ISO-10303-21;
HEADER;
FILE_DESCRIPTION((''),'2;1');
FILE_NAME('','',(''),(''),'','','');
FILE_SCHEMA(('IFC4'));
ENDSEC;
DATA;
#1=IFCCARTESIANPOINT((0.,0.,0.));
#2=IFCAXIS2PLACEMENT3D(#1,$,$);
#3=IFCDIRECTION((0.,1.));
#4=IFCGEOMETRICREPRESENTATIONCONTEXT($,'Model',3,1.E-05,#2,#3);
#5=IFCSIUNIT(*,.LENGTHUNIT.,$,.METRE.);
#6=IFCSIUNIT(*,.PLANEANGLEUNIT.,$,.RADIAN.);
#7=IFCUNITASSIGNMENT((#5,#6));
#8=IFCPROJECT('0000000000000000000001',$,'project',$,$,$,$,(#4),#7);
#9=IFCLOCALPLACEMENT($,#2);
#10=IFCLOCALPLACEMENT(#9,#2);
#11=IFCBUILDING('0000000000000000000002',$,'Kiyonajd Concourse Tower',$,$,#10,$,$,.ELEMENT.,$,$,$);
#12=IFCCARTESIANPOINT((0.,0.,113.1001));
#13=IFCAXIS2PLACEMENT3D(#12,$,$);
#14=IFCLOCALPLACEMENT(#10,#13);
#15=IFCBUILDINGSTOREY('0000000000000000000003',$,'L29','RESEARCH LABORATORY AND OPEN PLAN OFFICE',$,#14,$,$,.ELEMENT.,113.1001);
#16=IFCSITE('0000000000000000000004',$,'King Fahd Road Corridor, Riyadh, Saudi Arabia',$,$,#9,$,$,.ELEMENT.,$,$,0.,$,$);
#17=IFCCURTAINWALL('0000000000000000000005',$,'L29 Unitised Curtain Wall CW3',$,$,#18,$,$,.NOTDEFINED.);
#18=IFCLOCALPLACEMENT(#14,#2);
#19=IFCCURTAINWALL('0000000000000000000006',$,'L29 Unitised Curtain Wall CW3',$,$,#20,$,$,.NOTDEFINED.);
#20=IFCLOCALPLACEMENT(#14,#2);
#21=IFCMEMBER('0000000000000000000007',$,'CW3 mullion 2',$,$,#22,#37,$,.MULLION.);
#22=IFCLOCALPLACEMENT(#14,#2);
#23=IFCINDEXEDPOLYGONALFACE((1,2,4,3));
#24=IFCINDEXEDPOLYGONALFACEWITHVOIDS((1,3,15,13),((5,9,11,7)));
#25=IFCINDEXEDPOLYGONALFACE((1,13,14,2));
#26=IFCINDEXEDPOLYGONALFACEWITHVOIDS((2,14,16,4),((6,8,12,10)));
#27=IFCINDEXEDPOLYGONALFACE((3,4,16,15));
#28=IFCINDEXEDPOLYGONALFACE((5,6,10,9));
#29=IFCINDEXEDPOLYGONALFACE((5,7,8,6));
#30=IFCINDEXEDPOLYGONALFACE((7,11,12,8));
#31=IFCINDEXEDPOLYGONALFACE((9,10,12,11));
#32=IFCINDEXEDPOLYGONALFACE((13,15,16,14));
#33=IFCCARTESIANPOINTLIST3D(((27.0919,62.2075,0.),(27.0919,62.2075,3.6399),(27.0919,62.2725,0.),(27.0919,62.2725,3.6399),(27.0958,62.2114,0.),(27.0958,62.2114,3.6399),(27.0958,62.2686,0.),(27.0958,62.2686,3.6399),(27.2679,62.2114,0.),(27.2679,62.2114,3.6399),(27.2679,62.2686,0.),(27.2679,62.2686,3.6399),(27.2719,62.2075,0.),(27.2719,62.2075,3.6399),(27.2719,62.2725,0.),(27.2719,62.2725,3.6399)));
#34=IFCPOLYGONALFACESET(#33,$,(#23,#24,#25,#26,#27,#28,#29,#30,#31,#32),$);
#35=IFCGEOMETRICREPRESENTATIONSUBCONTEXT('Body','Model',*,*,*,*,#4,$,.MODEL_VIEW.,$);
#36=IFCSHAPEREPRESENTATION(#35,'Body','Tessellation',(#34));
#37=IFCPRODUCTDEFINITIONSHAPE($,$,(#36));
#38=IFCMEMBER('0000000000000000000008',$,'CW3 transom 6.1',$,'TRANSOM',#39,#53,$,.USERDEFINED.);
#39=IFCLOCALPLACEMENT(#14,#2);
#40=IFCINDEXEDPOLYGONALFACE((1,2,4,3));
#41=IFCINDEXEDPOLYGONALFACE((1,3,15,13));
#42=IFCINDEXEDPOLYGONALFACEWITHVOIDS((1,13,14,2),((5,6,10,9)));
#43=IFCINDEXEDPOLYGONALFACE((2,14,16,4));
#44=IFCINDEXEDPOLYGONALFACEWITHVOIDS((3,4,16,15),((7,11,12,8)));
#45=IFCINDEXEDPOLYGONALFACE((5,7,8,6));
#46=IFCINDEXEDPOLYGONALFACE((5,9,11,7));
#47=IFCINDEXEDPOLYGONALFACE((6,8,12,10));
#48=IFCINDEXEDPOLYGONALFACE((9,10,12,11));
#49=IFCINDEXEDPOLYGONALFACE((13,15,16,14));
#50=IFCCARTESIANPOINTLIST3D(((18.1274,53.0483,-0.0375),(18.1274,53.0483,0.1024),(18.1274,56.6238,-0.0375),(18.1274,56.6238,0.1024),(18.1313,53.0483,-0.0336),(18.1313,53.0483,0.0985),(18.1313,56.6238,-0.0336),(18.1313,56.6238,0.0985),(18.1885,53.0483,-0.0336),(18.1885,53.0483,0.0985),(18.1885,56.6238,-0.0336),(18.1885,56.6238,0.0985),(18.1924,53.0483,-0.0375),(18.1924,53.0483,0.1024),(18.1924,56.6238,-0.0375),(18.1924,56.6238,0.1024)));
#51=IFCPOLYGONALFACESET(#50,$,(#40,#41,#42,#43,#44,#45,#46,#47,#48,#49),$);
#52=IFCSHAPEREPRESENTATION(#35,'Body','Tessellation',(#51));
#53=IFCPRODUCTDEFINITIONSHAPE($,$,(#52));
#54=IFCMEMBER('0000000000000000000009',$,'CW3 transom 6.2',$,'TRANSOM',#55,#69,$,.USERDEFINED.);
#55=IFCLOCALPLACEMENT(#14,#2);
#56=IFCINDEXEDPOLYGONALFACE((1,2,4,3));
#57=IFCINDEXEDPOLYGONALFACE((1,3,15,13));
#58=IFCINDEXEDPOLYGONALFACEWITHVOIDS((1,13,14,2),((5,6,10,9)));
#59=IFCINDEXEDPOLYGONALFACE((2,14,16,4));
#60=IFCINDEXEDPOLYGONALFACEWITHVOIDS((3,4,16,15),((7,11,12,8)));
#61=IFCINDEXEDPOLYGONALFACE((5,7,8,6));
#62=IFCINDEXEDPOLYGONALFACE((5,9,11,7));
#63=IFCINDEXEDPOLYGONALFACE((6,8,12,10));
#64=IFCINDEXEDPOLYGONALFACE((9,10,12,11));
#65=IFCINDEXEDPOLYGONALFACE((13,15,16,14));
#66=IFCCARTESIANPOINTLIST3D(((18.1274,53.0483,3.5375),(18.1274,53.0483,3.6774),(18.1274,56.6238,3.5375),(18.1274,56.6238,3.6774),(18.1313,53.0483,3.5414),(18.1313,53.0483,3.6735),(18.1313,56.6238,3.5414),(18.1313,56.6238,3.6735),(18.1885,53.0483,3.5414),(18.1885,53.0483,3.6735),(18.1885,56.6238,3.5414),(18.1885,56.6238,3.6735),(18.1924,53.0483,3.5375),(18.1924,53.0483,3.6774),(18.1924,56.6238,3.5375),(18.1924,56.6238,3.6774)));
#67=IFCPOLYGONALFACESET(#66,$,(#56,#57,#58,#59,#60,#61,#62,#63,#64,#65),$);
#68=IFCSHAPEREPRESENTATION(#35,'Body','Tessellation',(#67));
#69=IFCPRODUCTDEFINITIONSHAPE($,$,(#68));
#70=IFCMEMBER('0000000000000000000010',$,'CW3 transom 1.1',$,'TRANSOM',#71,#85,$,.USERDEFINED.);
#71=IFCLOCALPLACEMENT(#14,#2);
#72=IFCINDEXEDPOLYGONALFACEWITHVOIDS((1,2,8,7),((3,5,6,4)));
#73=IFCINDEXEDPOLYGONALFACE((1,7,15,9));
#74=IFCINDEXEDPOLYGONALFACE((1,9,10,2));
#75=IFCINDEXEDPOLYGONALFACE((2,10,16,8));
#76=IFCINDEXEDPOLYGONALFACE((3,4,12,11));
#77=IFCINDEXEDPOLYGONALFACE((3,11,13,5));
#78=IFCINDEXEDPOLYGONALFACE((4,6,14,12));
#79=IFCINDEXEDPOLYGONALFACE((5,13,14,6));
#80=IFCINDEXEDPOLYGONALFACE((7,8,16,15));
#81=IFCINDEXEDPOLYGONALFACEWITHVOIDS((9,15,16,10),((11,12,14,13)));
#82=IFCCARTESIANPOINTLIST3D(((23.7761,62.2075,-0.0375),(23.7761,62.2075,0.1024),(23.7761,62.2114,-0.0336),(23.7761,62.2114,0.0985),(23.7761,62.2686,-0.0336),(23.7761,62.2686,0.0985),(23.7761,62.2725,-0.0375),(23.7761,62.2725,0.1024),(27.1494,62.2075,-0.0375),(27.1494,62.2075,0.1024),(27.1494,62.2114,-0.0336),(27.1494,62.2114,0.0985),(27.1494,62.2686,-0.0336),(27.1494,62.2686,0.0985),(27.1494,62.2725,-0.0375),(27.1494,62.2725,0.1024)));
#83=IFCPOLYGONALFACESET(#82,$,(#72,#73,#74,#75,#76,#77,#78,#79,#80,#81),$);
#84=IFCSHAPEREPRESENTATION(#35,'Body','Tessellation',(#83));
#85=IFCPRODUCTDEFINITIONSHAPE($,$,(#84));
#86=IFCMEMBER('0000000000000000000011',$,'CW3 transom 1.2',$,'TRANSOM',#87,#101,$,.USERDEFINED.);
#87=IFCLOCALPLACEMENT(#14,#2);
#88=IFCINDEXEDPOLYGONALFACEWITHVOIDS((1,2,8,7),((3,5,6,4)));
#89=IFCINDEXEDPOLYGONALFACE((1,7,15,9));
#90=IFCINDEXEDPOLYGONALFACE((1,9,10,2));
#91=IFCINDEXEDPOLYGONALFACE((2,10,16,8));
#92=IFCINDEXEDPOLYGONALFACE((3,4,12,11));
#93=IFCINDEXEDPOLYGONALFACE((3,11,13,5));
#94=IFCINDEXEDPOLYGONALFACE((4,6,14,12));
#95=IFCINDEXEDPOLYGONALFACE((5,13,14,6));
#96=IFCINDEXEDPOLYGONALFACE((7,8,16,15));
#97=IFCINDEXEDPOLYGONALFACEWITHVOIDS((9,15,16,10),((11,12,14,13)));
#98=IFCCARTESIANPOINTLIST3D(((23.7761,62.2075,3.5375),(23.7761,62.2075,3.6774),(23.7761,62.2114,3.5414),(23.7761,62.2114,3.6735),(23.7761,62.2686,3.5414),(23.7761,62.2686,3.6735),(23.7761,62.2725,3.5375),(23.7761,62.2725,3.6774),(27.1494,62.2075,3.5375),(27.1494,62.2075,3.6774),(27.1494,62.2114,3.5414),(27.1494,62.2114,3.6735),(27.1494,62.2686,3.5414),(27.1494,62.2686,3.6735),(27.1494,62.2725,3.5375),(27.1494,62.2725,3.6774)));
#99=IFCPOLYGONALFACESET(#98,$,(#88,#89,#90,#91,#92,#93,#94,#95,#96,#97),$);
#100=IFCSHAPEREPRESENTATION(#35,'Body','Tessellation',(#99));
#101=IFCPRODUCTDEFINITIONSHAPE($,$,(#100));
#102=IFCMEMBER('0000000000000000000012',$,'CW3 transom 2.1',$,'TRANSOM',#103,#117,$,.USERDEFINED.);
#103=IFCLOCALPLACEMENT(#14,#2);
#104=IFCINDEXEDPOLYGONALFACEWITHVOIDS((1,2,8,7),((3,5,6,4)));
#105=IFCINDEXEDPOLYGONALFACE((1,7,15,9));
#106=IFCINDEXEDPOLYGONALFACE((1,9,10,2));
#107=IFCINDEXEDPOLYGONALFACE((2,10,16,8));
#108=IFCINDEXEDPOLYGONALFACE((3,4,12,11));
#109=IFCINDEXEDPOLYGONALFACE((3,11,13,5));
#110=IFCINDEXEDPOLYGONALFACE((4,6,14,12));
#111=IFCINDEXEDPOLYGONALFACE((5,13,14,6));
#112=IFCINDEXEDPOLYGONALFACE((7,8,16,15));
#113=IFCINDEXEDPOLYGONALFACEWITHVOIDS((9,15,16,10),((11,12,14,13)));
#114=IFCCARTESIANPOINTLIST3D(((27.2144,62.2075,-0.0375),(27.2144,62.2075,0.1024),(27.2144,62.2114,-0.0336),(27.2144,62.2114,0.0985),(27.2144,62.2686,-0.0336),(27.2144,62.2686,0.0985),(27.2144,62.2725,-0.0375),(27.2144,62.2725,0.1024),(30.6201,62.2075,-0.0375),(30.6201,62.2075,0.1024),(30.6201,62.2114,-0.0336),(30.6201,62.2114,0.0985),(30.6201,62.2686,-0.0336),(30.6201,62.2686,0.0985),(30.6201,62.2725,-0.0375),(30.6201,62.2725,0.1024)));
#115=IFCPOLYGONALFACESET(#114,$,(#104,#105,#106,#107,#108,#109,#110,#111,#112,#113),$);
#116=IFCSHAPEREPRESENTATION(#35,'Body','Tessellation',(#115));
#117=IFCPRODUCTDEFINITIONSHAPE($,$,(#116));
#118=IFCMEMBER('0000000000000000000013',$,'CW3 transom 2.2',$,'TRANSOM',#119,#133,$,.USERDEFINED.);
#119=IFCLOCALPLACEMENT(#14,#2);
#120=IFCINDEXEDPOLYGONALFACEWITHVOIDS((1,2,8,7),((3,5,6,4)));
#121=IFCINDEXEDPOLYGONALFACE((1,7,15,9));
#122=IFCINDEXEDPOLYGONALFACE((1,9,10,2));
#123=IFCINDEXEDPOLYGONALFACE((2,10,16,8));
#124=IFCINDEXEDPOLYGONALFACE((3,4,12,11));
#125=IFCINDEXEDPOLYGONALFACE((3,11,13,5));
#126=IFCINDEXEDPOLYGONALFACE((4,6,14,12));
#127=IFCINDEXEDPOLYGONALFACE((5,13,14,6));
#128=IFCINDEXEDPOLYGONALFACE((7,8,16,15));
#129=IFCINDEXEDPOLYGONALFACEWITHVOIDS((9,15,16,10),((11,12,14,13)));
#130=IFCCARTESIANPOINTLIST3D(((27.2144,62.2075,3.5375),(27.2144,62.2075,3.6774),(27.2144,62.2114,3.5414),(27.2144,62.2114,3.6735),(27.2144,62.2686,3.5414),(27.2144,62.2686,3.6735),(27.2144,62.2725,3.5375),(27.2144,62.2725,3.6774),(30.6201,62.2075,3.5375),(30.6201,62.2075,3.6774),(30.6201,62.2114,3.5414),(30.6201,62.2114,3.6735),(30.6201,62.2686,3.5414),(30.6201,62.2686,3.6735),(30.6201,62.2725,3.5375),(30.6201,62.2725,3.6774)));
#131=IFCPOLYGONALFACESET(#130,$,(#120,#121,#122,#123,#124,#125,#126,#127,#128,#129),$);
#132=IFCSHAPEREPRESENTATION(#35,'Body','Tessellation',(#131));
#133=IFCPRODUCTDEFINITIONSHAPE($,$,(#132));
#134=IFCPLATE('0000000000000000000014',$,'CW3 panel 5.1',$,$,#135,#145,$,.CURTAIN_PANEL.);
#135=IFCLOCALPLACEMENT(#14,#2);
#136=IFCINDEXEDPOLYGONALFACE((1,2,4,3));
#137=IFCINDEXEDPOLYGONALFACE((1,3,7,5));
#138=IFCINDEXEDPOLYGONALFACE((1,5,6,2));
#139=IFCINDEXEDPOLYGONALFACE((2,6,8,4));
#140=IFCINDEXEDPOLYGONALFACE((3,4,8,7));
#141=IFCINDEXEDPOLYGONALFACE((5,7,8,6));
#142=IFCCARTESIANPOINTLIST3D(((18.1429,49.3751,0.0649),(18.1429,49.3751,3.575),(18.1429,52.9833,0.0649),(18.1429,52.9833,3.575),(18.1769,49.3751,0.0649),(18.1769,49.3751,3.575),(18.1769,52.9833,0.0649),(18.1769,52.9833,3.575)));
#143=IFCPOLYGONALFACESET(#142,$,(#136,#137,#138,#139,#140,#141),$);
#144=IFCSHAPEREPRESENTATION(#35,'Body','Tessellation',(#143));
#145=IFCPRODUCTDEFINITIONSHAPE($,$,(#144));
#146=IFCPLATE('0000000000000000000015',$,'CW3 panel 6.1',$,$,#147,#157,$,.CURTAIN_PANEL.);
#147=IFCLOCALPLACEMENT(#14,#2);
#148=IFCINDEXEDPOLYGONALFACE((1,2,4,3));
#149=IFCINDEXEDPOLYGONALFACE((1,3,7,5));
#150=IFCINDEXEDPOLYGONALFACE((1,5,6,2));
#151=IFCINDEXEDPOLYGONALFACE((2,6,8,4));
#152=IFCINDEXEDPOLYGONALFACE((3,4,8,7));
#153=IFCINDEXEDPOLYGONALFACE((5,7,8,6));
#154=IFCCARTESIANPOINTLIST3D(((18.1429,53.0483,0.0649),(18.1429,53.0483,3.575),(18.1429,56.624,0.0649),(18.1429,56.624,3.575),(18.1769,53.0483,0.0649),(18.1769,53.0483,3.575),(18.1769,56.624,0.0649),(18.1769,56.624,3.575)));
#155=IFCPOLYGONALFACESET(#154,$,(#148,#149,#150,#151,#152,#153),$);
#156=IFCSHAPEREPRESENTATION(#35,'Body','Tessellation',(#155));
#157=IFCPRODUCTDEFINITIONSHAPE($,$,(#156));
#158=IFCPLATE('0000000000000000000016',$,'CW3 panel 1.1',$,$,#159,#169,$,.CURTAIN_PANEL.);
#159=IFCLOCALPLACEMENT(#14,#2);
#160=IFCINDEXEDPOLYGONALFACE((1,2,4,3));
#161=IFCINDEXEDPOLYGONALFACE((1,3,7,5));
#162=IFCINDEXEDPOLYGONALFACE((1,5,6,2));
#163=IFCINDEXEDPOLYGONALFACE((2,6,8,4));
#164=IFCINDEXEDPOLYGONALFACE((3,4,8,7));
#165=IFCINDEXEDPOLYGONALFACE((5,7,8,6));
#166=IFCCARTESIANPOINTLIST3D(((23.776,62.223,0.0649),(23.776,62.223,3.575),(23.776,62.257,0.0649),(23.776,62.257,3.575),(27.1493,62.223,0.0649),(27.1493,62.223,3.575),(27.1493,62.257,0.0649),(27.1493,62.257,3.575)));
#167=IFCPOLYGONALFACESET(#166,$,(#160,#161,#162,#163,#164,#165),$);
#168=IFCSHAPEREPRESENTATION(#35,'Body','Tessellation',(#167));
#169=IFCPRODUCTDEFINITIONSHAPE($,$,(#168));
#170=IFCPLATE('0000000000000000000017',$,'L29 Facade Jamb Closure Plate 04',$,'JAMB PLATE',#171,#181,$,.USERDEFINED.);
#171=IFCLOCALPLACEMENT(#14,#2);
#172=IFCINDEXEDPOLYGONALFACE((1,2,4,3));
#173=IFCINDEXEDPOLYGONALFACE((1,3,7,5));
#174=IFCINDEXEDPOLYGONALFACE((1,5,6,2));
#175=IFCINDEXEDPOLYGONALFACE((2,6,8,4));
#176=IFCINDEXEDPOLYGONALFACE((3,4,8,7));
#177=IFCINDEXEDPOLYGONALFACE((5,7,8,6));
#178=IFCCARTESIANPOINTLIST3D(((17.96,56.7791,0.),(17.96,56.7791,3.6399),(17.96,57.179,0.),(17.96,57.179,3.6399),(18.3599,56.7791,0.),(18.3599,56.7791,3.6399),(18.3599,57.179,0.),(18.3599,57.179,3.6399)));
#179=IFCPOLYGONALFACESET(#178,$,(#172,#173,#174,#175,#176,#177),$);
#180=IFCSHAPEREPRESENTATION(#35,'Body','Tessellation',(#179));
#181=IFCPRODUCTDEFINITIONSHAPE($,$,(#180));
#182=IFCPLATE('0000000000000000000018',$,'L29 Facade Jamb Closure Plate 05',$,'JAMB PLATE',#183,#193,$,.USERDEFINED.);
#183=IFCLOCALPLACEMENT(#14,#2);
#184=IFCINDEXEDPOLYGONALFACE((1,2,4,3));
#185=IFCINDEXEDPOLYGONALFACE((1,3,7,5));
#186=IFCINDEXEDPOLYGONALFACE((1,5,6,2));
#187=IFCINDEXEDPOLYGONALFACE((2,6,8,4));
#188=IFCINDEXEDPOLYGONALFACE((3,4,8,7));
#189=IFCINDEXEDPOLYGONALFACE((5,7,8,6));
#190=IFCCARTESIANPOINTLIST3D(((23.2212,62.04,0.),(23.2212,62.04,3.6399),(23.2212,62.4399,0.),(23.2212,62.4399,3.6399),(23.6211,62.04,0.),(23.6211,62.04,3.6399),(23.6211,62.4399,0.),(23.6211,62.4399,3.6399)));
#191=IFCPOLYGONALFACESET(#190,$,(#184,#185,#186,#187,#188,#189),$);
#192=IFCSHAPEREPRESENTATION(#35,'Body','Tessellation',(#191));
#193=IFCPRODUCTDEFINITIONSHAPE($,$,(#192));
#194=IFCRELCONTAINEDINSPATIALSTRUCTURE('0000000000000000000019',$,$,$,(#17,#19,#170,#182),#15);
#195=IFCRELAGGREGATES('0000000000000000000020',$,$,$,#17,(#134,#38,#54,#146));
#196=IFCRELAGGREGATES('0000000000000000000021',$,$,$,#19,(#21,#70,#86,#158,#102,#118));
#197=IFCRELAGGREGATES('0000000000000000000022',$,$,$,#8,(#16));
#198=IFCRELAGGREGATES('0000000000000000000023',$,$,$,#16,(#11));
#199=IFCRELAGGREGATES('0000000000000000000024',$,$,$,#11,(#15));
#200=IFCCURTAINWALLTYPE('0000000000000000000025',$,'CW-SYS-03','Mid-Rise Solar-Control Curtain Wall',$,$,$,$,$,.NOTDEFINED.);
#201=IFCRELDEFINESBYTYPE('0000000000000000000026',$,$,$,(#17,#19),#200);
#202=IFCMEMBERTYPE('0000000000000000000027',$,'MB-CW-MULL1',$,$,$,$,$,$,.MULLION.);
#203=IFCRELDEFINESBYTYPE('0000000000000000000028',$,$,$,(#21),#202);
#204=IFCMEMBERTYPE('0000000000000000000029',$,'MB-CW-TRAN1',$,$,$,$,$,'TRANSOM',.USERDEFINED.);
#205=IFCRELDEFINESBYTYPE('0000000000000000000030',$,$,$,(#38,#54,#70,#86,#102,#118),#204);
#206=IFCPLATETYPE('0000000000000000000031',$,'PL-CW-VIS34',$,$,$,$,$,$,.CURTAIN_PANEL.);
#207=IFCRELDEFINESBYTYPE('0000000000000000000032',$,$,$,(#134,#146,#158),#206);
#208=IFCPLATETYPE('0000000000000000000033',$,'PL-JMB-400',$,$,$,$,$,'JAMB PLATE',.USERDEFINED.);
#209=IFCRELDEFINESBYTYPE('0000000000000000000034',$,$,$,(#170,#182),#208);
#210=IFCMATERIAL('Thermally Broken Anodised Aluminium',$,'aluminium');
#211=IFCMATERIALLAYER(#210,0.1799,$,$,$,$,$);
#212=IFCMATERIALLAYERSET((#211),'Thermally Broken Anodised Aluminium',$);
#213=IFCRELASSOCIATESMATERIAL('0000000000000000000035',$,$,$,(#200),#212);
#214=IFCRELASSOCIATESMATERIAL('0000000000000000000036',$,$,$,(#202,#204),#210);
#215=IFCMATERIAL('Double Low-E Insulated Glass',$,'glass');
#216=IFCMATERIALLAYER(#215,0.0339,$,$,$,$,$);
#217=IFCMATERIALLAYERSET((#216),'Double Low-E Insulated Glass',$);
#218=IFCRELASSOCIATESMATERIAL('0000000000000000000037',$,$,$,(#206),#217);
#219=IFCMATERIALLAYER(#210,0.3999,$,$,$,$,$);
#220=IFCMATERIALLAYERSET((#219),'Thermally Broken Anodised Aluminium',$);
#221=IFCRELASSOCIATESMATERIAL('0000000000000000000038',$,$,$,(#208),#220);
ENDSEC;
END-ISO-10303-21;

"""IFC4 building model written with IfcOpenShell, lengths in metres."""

from ifc_helpers import new_model, si_unit, direction, frame, origin, origin_2d, place, context, subcontext, project, spatial, rectangle, hollow_rectangle, extrude, material, layer, layer_set, material_profile, profile_set, type_object, element, aggregate, save


model = new_model("IFC4")

# Units and contexts
model_context = context("Model", 3, precision=1e-05, world=origin(), true_north=direction((0.0, 1.0)))
body_context = subcontext(model_context, "Body", "Model", "MODEL_VIEW")
ifc_project = project(units=[si_unit("LENGTHUNIT", "METRE"), si_unit("PLANEANGLEUNIT", "RADIAN")], contexts=[model_context])

# Site, building, storey
site_placement = place(None, origin())
site = spatial("IfcSite", under=ifc_project, at=site_placement, Name="King Fahd Road Corridor, Riyadh, Saudi Arabia", CompositionType="ELEMENT", RefElevation=0.0)
building_placement = place(site_placement, origin())
building = spatial("IfcBuilding", under=site, at=building_placement, Name="Kiyonajd Concourse Tower", CompositionType="ELEMENT")
storey_placement = place(building_placement, frame((0.0, 0.0, 113.1001)))
storey = spatial("IfcBuildingStorey", under=building, at=storey_placement, Name="L29", Description="RESEARCH LABORATORY AND OPEN PLAN OFFICE", CompositionType="ELEMENT", Elevation=113.1001)

# Curtain walls, member
ifc_material_1 = material(Name="Thermally Broken Anodised Aluminium", Category="aluminium")
ifc_layer_1 = layer(ifc_material_1, 0.1799)
ifc_layer_set_1 = layer_set([ifc_layer_1], Name="Thermally Broken Anodised Aluminium")
curtain_wall_type = type_object("IfcCurtainWallType", Name="CW-SYS-03", Description="Mid-Rise Solar-Control Curtain Wall", PredefinedType="NOTDEFINED", material=ifc_layer_set_1)
curtain_wall_1_placement = place(storey_placement, origin())
curtain_wall_1 = element("IfcCurtainWall", 1, at=curtain_wall_1_placement, inside=storey, type_object=curtain_wall_type, Name="L29 Unitised Curtain Wall CW3", PredefinedType="NOTDEFINED")
ifc_material_profile_1 = material_profile(ifc_material_1, hollow_rectangle(XDim=0.0649, YDim=0.1799, WallThickness=0.0039, at=origin_2d()), Name="MULL-65x180")
ifc_profile_set_1 = profile_set([ifc_material_profile_1], Name="Thermally Broken Anodised Aluminium")
member_type_1 = type_object("IfcMemberType", Name="MB-CW-MULL1", PredefinedType="MULLION", material=ifc_profile_set_1)
curtain_wall_2_placement = place(storey_placement, origin())
curtain_wall_2 = element("IfcCurtainWall", 2, at=curtain_wall_2_placement, inside=storey, type_object=curtain_wall_type, Name="L29 Unitised Curtain Wall CW3", PredefinedType="NOTDEFINED")
member_1_placement = place(storey_placement, frame((27.1819, 62.24, 0.0), z_axis=(0.0, 0.0, 1.0), x_axis=(0.0, 1.0, 0.0)))
member_1 = element("IfcMember", 3, at=member_1_placement, type_object=member_type_1, Name="CW3 mullion 2", PredefinedType="MULLION", context=body_context, shape_type="SweptSolid", body=[
    extrude(hollow_rectangle(XDim=0.0649, YDim=0.1799, WallThickness=0.0039, at=origin_2d()), origin(), (0.0, 0.0, 1.0), 3.6399),
])

# Members
ifc_material_profile_2 = material_profile(ifc_material_1, hollow_rectangle(XDim=0.0649, YDim=0.1399, WallThickness=0.0039, at=origin_2d()), Name="TRAN-65x140")
ifc_profile_set_2 = profile_set([ifc_material_profile_2], Name="Thermally Broken Anodised Aluminium")
member_type_2 = type_object("IfcMemberType", Name="MB-CW-TRAN1", ElementType="TRANSOM", PredefinedType="USERDEFINED", material=ifc_profile_set_2)
member_2_placement = place(storey_placement, frame((18.1599, 53.0483, 0.0325), z_axis=(0.0, 1.0, 0.0), x_axis=(-1.0, 0.0, 0.0)))
member_2 = element("IfcMember", 4, at=member_2_placement, type_object=member_type_2, Name="CW3 transom 6.1", ObjectType="TRANSOM", PredefinedType="USERDEFINED", context=body_context, shape_type="SweptSolid", body=[
    extrude(hollow_rectangle(XDim=0.0649, YDim=0.1399, WallThickness=0.0039, at=origin_2d()), origin(), (0.0, 0.0, 1.0), 3.5754),
])
member_3_placement = place(storey_placement, frame((18.1599, 53.0483, 3.6074), z_axis=(0.0, 1.0, 0.0), x_axis=(-1.0, 0.0, 0.0)))
member_3 = element("IfcMember", 5, at=member_3_placement, type_object=member_type_2, Name="CW3 transom 6.2", ObjectType="TRANSOM", PredefinedType="USERDEFINED", context=body_context, shape_type="SweptSolid", body=[
    extrude(hollow_rectangle(XDim=0.0649, YDim=0.1399, WallThickness=0.0039, at=origin_2d()), origin(), (0.0, 0.0, 1.0), 3.5754),
])
member_4_placement = place(storey_placement, frame((23.7761, 62.24, 0.0325), z_axis=(1.0, 0.0, 0.0), x_axis=(0.0, 1.0, 0.0)))
member_4 = element("IfcMember", 6, at=member_4_placement, type_object=member_type_2, Name="CW3 transom 1.1", ObjectType="TRANSOM", PredefinedType="USERDEFINED", context=body_context, shape_type="SweptSolid", body=[
    extrude(hollow_rectangle(XDim=0.0649, YDim=0.1399, WallThickness=0.0039, at=origin_2d()), origin(), (0.0, 0.0, 1.0), 3.3733),
])
member_5_placement = place(storey_placement, frame((23.7761, 62.24, 3.6074), z_axis=(1.0, 0.0, 0.0), x_axis=(0.0, 1.0, 0.0)))
member_5 = element("IfcMember", 7, at=member_5_placement, type_object=member_type_2, Name="CW3 transom 1.2", ObjectType="TRANSOM", PredefinedType="USERDEFINED", context=body_context, shape_type="SweptSolid", body=[
    extrude(hollow_rectangle(XDim=0.0649, YDim=0.1399, WallThickness=0.0039, at=origin_2d()), origin(), (0.0, 0.0, 1.0), 3.3733),
])
member_6_placement = place(storey_placement, frame((27.2144, 62.24, 0.0325), z_axis=(1.0, 0.0, 0.0), x_axis=(0.0, 1.0, 0.0)))
member_6 = element("IfcMember", 8, at=member_6_placement, type_object=member_type_2, Name="CW3 transom 2.1", ObjectType="TRANSOM", PredefinedType="USERDEFINED", context=body_context, shape_type="SweptSolid", body=[
    extrude(hollow_rectangle(XDim=0.0649, YDim=0.1399, WallThickness=0.0039, at=origin_2d()), origin(), (0.0, 0.0, 1.0), 3.4058),
])
member_7_placement = place(storey_placement, frame((27.2144, 62.24, 3.6074), z_axis=(1.0, 0.0, 0.0), x_axis=(0.0, 1.0, 0.0)))
member_7 = element("IfcMember", 9, at=member_7_placement, type_object=member_type_2, Name="CW3 transom 2.2", ObjectType="TRANSOM", PredefinedType="USERDEFINED", context=body_context, shape_type="SweptSolid", body=[
    extrude(hollow_rectangle(XDim=0.0649, YDim=0.1399, WallThickness=0.0039, at=origin_2d()), origin(), (0.0, 0.0, 1.0), 3.4058),
])

# Plates
ifc_material_2 = material(Name="Double Low-E Insulated Glass", Category="glass")
ifc_layer_2 = layer(ifc_material_2, 0.0339)
ifc_layer_set_2 = layer_set([ifc_layer_2], Name="Double Low-E Insulated Glass")
plate_type_1 = type_object("IfcPlateType", Name="PL-CW-VIS34", PredefinedType="CURTAIN_PANEL", material=ifc_layer_set_2)
plate_1_placement = place(storey_placement, frame((18.1599, 51.1792, 0.0649), z_axis=(0.0, 0.0, 1.0), x_axis=(0.0, 1.0, 0.0)))
plate_1 = element("IfcPlate", 10, at=plate_1_placement, type_object=plate_type_1, Name="CW3 panel 5.1", PredefinedType="CURTAIN_PANEL", context=body_context, shape_type="SweptSolid", body=[
    extrude(rectangle(XDim=3.6082, YDim=0.0339, at=origin_2d()), origin(), (0.0, 0.0, 1.0), 3.51),
])
plate_2_placement = place(storey_placement, frame((18.1599, 54.8362, 0.0649), z_axis=(0.0, 0.0, 1.0), x_axis=(0.0, 1.0, 0.0)))
plate_2 = element("IfcPlate", 11, at=plate_2_placement, type_object=plate_type_1, Name="CW3 panel 6.1", PredefinedType="CURTAIN_PANEL", context=body_context, shape_type="SweptSolid", body=[
    extrude(rectangle(XDim=3.5757, YDim=0.0339, at=origin_2d()), origin(), (0.0, 0.0, 1.0), 3.51),
])
aggregate(curtain_wall_1, [plate_1, member_2, member_3, plate_2])
plate_3_placement = place(storey_placement, frame((25.4626, 62.24, 0.0649), z_axis=(0.0, 0.0, 1.0), x_axis=(1.0, 0.0, 0.0)))
plate_3 = element("IfcPlate", 12, at=plate_3_placement, type_object=plate_type_1, Name="CW3 panel 1.1", PredefinedType="CURTAIN_PANEL", context=body_context, shape_type="SweptSolid", body=[
    extrude(rectangle(XDim=3.3733, YDim=0.0339, at=origin_2d()), origin(), (0.0, 0.0, 1.0), 3.51),
])
aggregate(curtain_wall_2, [member_1, member_4, member_5, plate_3, member_6, member_7])

# Plates
ifc_layer_3 = layer(ifc_material_1, 0.3999)
ifc_layer_set_3 = layer_set([ifc_layer_3], Name="Thermally Broken Anodised Aluminium")
plate_type_2 = type_object("IfcPlateType", Name="PL-JMB-400", ElementType="JAMB PLATE", PredefinedType="USERDEFINED", material=ifc_layer_set_3)
for number, where, z_axis, x_axis, name in (
    (13, (18.1599, 56.979, 0.0), (0.0, 0.0, 1.0), (1.0, 0.0, 0.0), "L29 Facade Jamb Closure Plate 04"),
    (14, (23.4211, 62.24, 0.0), (0.0, 0.0, 1.0), (1.0, 0.0, 0.0), "L29 Facade Jamb Closure Plate 05"),
):
    element("IfcPlate", number, at=place(storey_placement, frame(where, z_axis=z_axis, x_axis=x_axis)), inside=storey, type_object=plate_type_2, Name=name, ObjectType="JAMB PLATE", PredefinedType="USERDEFINED", context=body_context, shape_type="SweptSolid", body=[
        extrude(rectangle(XDim=0.3999, YDim=0.3999, at=origin_2d()), origin(), (0.0, 0.0, 1.0), 3.6399),
    ])

save(model, "model.ifc")
